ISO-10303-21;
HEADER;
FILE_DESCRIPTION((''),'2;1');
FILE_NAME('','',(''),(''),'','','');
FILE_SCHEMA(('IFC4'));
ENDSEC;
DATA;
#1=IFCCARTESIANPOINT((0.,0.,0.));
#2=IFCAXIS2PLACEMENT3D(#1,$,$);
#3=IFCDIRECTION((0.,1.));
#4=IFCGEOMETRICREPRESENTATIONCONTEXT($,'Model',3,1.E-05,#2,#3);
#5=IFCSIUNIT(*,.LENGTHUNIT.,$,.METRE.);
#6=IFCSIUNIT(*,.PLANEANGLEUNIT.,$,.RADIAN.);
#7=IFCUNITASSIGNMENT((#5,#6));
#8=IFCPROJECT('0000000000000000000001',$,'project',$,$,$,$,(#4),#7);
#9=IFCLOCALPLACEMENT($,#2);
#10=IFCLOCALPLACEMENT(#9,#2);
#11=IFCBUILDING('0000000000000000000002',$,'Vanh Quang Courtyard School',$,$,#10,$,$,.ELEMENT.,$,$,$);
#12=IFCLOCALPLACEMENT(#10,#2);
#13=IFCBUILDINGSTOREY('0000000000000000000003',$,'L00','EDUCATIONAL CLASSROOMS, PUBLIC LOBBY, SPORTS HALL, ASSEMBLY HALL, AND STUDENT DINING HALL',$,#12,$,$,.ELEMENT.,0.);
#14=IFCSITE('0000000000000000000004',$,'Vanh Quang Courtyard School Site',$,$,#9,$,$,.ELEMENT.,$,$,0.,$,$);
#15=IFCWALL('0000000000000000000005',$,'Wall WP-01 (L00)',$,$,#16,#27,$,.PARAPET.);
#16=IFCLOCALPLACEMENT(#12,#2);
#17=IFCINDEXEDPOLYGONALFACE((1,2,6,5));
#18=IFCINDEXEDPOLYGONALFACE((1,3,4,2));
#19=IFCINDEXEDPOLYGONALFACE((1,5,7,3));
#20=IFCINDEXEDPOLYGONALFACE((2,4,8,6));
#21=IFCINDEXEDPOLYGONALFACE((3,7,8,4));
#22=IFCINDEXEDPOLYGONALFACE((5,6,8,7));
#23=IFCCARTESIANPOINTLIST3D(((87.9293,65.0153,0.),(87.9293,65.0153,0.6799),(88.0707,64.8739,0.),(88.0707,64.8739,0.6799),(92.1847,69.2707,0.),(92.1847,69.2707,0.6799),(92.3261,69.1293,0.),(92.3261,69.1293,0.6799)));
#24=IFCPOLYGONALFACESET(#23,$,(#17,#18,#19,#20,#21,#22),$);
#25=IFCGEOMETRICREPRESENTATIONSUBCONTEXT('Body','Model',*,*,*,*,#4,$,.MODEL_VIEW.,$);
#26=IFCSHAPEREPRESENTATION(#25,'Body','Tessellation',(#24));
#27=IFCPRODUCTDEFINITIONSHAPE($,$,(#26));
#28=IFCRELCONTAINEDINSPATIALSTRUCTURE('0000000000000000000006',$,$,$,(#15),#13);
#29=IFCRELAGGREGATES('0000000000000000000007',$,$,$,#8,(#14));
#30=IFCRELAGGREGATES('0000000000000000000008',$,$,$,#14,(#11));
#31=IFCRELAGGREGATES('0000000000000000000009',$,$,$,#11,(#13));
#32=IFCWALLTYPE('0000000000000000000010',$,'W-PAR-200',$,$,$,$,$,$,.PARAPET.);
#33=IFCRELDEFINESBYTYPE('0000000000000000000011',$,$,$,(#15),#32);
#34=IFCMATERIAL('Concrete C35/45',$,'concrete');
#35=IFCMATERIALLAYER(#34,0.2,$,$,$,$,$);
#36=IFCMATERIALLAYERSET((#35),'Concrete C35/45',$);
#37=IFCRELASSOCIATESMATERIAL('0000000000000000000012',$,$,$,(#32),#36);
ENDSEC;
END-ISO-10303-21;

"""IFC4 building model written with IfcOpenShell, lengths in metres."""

from ifc_helpers import new_model, si_unit, direction, frame, frame_2d, origin, place, context, subcontext, project, spatial, rectangle, extrude, material, layer, layer_set, type_object, element, save


model = new_model("IFC4")

# Units and contexts
model_context = context("Model", 3, precision=1e-05, world=origin(), true_north=direction((0.0, 1.0)))
body_context = subcontext(model_context, "Body", "Model", "MODEL_VIEW")
ifc_project = project(units=[si_unit("LENGTHUNIT", "METRE"), si_unit("PLANEANGLEUNIT", "RADIAN")], contexts=[model_context])

# Site, building, storey
site_placement = place(None, origin())
site = spatial("IfcSite", under=ifc_project, at=site_placement, Name="Vanh Quang Courtyard School Site", CompositionType="ELEMENT", RefElevation=0.0)
building_placement = place(site_placement, origin())
building = spatial("IfcBuilding", under=site, at=building_placement, Name="Vanh Quang Courtyard School", CompositionType="ELEMENT")
storey_placement = place(building_placement, origin())
storey = spatial("IfcBuildingStorey", under=building, at=storey_placement, Name="L00", Description="EDUCATIONAL CLASSROOMS, PUBLIC LOBBY, SPORTS HALL, ASSEMBLY HALL, AND STUDENT DINING HALL", CompositionType="ELEMENT", Elevation=0.0)

# Wall
ifc_material_1 = material(Name="Concrete C35/45", Category="concrete")
ifc_layer_1 = layer(ifc_material_1, 0.2)
ifc_layer_set_1 = layer_set([ifc_layer_1], Name="Concrete C35/45")
wall_type = type_object("IfcWallType", Name="W-PAR-200", PredefinedType="PARAPET", material=ifc_layer_set_1)
wall_1_placement = place(storey_placement, frame((88.0, 64.9446, 0.0), z_axis=(0.0, 0.0, 1.0), x_axis=(0.707107, 0.707107, 0.0)))
element("IfcWall", 1, at=wall_1_placement, inside=storey, type_object=wall_type, Name="Wall WP-01 (L00)", PredefinedType="PARAPET", context=body_context, shape_type="SweptSolid", body=[
    extrude(rectangle(XDim=6.0181, YDim=0.2, at=frame_2d((3.009, 0.0))), origin(), (0.0, 0.0, 1.0), 0.6799),
])

save(model, "model.ifc")
